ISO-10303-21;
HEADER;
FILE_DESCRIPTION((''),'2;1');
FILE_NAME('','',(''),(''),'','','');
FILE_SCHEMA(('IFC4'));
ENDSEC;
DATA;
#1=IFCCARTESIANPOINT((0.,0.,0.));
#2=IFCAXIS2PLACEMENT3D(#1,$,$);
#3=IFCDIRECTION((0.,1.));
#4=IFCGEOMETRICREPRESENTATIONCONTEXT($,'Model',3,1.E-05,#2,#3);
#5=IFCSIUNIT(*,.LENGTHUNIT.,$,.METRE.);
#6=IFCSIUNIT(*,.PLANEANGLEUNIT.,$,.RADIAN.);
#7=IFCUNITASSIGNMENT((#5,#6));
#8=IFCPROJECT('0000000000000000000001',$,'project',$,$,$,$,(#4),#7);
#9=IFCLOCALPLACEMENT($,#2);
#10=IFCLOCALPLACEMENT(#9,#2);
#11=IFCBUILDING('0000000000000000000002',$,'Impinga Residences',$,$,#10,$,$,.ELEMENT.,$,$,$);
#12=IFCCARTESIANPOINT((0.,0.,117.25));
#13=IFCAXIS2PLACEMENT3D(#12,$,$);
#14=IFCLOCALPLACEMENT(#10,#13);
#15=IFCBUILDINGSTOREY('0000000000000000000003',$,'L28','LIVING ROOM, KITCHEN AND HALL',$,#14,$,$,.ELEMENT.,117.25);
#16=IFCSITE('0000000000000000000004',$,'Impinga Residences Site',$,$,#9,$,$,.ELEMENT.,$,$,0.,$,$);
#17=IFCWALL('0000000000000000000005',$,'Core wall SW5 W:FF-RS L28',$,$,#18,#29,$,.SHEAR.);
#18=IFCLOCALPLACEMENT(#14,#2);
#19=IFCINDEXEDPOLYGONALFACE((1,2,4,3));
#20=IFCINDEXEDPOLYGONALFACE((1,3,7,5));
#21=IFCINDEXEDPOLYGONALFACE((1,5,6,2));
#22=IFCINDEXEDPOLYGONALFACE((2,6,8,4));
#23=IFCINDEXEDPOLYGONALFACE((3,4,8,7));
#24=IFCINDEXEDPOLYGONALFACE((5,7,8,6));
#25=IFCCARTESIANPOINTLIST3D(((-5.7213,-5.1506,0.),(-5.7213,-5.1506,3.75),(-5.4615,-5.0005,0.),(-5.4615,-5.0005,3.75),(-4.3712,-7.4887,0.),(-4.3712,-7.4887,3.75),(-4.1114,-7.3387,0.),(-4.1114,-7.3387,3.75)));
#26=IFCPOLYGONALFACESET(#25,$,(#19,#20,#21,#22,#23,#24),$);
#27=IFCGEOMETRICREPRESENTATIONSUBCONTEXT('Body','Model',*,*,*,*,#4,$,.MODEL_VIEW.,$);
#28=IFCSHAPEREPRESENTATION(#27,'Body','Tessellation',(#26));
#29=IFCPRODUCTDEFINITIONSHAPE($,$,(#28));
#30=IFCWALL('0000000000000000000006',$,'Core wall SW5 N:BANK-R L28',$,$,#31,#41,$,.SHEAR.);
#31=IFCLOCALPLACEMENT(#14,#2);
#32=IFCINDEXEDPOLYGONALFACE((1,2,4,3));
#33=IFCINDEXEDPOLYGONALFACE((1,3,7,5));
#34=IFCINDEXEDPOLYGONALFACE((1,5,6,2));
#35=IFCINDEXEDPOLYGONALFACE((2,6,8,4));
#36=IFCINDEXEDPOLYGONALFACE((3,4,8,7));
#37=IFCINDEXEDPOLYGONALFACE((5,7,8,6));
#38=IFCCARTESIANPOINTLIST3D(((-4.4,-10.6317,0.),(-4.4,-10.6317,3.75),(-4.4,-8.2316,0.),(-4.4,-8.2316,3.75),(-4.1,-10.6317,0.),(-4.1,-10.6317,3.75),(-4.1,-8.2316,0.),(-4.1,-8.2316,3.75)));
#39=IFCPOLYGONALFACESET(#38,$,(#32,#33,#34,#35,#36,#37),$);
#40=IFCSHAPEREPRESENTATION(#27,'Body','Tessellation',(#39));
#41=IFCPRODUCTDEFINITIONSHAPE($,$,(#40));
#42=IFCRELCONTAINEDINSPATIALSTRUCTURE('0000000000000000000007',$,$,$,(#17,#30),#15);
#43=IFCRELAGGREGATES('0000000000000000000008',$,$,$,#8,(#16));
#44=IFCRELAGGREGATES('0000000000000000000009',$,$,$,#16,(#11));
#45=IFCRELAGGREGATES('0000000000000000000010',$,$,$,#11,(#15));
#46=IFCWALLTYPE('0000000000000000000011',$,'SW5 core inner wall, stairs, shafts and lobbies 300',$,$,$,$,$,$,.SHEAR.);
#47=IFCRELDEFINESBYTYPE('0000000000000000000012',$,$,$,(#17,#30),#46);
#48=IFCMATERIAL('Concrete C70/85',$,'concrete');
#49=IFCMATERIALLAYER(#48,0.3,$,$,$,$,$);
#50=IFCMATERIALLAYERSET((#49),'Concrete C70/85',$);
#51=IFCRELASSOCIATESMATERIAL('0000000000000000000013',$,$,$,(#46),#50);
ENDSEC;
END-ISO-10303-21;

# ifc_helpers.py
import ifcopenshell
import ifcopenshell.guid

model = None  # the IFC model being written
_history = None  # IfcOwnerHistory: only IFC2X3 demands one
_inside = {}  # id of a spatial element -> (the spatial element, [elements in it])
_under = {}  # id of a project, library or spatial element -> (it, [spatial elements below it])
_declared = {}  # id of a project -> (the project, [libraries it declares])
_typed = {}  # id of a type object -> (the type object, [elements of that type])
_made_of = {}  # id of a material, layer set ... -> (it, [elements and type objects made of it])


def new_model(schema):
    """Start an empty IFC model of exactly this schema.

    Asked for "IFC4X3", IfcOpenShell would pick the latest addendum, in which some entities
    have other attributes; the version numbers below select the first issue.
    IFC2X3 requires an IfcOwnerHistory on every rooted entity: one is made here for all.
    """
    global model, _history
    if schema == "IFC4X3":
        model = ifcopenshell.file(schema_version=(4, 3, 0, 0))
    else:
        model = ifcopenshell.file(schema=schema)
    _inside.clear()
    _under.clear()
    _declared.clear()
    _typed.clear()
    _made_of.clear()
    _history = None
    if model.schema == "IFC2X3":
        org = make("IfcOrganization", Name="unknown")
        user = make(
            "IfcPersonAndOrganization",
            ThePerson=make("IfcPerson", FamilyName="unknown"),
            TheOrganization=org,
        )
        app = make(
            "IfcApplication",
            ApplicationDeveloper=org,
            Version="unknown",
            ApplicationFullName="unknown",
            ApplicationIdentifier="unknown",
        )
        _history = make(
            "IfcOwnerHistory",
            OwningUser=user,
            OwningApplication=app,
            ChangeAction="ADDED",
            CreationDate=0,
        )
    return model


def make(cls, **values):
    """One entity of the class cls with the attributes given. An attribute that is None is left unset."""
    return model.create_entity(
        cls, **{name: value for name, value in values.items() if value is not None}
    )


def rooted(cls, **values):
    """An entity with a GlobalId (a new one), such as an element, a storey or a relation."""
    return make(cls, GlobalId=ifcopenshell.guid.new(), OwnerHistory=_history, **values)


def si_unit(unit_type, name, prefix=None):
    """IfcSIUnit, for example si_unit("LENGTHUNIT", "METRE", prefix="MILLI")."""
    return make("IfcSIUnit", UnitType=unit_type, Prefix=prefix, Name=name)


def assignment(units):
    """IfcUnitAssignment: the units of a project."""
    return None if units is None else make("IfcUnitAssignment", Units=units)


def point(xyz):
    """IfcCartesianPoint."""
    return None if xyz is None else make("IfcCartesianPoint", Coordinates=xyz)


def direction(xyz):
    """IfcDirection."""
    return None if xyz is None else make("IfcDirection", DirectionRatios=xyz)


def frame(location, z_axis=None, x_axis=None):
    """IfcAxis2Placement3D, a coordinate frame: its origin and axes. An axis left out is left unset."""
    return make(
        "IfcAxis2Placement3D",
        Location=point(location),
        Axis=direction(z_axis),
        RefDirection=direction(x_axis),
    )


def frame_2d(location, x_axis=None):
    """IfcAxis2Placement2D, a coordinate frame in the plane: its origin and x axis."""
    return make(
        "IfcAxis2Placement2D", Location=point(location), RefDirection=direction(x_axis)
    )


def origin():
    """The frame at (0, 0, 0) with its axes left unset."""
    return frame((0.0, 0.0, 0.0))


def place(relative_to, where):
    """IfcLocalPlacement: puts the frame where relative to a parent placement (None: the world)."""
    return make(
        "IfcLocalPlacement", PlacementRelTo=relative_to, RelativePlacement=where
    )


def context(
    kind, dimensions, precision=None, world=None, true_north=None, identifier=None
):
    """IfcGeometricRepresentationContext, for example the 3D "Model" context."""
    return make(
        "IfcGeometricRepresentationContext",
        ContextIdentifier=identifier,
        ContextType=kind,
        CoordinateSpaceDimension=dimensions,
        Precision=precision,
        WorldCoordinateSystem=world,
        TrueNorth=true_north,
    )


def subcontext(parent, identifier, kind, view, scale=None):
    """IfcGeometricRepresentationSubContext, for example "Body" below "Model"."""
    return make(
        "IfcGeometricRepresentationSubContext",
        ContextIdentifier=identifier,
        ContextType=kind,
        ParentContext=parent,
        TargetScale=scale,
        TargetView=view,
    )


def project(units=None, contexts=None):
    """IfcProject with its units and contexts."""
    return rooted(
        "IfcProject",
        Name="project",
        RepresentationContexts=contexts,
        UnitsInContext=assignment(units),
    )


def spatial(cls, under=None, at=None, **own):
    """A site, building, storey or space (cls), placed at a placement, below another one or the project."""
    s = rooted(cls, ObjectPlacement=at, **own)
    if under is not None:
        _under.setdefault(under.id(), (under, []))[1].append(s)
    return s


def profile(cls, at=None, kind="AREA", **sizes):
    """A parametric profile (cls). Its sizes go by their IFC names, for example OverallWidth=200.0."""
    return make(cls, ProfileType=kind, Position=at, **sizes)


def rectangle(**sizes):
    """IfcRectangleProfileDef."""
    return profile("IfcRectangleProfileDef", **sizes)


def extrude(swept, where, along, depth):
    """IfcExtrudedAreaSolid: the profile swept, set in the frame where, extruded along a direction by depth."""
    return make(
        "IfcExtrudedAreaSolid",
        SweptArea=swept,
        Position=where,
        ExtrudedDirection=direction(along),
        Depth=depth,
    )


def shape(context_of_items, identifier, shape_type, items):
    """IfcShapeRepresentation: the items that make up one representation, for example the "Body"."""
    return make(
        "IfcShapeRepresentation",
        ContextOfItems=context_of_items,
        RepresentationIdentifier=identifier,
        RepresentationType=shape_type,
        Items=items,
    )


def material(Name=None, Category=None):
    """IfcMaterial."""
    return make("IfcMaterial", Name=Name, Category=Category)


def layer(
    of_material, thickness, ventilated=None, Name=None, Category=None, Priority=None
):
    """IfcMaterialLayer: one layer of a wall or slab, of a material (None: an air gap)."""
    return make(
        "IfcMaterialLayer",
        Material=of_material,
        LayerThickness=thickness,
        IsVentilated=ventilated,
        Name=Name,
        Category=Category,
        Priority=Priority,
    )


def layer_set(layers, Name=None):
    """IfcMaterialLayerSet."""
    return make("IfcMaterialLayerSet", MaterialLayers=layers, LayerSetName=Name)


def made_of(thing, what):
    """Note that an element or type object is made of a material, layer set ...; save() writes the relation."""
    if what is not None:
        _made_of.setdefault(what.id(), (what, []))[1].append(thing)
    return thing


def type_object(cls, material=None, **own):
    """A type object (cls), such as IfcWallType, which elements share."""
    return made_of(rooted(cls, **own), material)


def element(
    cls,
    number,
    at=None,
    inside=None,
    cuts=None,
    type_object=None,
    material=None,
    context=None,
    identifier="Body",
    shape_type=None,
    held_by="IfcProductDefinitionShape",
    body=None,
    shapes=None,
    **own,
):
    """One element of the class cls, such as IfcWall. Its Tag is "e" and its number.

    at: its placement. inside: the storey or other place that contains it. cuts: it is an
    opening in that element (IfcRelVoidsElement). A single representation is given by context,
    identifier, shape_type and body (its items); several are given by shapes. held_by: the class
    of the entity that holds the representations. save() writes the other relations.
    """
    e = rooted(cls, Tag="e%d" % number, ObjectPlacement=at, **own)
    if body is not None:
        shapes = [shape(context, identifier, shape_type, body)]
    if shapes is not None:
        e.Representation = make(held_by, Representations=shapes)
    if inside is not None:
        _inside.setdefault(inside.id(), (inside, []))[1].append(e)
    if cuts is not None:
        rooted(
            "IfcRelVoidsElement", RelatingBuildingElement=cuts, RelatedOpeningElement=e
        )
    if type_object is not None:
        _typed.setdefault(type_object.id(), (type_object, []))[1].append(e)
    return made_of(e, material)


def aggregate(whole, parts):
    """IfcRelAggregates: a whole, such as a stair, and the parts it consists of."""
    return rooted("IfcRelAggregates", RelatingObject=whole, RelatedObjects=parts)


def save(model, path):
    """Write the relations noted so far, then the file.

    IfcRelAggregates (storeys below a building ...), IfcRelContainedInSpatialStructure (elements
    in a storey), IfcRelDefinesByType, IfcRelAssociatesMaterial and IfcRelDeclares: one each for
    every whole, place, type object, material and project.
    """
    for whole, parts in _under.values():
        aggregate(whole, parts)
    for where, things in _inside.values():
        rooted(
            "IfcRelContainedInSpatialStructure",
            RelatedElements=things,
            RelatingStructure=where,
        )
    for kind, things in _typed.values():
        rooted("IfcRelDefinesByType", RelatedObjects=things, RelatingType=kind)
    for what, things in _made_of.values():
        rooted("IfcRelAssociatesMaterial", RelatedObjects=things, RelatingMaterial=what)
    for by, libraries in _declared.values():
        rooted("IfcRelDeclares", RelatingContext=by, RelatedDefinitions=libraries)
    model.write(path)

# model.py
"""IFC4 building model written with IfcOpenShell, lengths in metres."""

from ifc_helpers import new_model, si_unit, direction, frame, frame_2d, origin, place, context, subcontext, project, spatial, rectangle, extrude, material, layer, layer_set, type_object, element, save


model = new_model("IFC4")

# Units and contexts
model_context = context("Model", 3, precision=1e-05, world=origin(), true_north=direction((0.0, 1.0)))
body_context = subcontext(model_context, "Body", "Model", "MODEL_VIEW")
ifc_project = project(units=[si_unit("LENGTHUNIT", "METRE"), si_unit("PLANEANGLEUNIT", "RADIAN")], contexts=[model_context])

# Site, building, storey
site_placement = place(None, origin())
site = spatial("IfcSite", under=ifc_project, at=site_placement, Name="Impinga Residences Site", CompositionType="ELEMENT", RefElevation=0.0)
building_placement = place(site_placement, origin())
building = spatial("IfcBuilding", under=site, at=building_placement, Name="Impinga Residences", CompositionType="ELEMENT")
storey_placement = place(building_placement, frame((0.0, 0.0, 117.25)))
storey = spatial("IfcBuildingStorey", under=building, at=storey_placement, Name="L28", Description="LIVING ROOM, KITCHEN AND HALL", CompositionType="ELEMENT", Elevation=117.25)

# Walls
ifc_material_1 = material(Name="Concrete C70/85", Category="concrete")
ifc_layer_1 = layer(ifc_material_1, 0.3)
ifc_layer_set_1 = layer_set([ifc_layer_1], Name="Concrete C70/85")
wall_type_1 = type_object("IfcWallType", Name="SW5 core inner wall, stairs, shafts and lobbies 300", PredefinedType="SHEAR", material=ifc_layer_set_1)
wall_1_placement = place(storey_placement, frame((-4.2412, -7.4138, 0.0), z_axis=(0.0, 0.0, 1.0), x_axis=(-0.500049, 0.865997, 0.0)))
element("IfcWall", 1, at=wall_1_placement, inside=storey, type_object=wall_type_1, Name="Core wall SW5 W:FF-RS L28", PredefinedType="SHEAR", context=body_context, shape_type="SweptSolid", body=[
    extrude(rectangle(XDim=2.7, YDim=0.3, at=frame_2d((1.3501, 0.0))), origin(), (0.0, 0.0, 1.0), 3.75),
])
wall_2_placement = place(storey_placement, frame((-4.25, -8.2314, 0.0), z_axis=(0.0, 0.0, 1.0), x_axis=(0.0, -1.0, 0.0)))
element("IfcWall", 2, at=wall_2_placement, inside=storey, type_object=wall_type_1, Name="Core wall SW5 N:BANK-R L28", PredefinedType="SHEAR", context=body_context, shape_type="SweptSolid", body=[
    extrude(rectangle(XDim=2.4001, YDim=0.3, at=frame_2d((1.2002, 0.0))), origin(), (0.0, 0.0, 1.0), 3.75),
])

save(model, "model.ifc")
